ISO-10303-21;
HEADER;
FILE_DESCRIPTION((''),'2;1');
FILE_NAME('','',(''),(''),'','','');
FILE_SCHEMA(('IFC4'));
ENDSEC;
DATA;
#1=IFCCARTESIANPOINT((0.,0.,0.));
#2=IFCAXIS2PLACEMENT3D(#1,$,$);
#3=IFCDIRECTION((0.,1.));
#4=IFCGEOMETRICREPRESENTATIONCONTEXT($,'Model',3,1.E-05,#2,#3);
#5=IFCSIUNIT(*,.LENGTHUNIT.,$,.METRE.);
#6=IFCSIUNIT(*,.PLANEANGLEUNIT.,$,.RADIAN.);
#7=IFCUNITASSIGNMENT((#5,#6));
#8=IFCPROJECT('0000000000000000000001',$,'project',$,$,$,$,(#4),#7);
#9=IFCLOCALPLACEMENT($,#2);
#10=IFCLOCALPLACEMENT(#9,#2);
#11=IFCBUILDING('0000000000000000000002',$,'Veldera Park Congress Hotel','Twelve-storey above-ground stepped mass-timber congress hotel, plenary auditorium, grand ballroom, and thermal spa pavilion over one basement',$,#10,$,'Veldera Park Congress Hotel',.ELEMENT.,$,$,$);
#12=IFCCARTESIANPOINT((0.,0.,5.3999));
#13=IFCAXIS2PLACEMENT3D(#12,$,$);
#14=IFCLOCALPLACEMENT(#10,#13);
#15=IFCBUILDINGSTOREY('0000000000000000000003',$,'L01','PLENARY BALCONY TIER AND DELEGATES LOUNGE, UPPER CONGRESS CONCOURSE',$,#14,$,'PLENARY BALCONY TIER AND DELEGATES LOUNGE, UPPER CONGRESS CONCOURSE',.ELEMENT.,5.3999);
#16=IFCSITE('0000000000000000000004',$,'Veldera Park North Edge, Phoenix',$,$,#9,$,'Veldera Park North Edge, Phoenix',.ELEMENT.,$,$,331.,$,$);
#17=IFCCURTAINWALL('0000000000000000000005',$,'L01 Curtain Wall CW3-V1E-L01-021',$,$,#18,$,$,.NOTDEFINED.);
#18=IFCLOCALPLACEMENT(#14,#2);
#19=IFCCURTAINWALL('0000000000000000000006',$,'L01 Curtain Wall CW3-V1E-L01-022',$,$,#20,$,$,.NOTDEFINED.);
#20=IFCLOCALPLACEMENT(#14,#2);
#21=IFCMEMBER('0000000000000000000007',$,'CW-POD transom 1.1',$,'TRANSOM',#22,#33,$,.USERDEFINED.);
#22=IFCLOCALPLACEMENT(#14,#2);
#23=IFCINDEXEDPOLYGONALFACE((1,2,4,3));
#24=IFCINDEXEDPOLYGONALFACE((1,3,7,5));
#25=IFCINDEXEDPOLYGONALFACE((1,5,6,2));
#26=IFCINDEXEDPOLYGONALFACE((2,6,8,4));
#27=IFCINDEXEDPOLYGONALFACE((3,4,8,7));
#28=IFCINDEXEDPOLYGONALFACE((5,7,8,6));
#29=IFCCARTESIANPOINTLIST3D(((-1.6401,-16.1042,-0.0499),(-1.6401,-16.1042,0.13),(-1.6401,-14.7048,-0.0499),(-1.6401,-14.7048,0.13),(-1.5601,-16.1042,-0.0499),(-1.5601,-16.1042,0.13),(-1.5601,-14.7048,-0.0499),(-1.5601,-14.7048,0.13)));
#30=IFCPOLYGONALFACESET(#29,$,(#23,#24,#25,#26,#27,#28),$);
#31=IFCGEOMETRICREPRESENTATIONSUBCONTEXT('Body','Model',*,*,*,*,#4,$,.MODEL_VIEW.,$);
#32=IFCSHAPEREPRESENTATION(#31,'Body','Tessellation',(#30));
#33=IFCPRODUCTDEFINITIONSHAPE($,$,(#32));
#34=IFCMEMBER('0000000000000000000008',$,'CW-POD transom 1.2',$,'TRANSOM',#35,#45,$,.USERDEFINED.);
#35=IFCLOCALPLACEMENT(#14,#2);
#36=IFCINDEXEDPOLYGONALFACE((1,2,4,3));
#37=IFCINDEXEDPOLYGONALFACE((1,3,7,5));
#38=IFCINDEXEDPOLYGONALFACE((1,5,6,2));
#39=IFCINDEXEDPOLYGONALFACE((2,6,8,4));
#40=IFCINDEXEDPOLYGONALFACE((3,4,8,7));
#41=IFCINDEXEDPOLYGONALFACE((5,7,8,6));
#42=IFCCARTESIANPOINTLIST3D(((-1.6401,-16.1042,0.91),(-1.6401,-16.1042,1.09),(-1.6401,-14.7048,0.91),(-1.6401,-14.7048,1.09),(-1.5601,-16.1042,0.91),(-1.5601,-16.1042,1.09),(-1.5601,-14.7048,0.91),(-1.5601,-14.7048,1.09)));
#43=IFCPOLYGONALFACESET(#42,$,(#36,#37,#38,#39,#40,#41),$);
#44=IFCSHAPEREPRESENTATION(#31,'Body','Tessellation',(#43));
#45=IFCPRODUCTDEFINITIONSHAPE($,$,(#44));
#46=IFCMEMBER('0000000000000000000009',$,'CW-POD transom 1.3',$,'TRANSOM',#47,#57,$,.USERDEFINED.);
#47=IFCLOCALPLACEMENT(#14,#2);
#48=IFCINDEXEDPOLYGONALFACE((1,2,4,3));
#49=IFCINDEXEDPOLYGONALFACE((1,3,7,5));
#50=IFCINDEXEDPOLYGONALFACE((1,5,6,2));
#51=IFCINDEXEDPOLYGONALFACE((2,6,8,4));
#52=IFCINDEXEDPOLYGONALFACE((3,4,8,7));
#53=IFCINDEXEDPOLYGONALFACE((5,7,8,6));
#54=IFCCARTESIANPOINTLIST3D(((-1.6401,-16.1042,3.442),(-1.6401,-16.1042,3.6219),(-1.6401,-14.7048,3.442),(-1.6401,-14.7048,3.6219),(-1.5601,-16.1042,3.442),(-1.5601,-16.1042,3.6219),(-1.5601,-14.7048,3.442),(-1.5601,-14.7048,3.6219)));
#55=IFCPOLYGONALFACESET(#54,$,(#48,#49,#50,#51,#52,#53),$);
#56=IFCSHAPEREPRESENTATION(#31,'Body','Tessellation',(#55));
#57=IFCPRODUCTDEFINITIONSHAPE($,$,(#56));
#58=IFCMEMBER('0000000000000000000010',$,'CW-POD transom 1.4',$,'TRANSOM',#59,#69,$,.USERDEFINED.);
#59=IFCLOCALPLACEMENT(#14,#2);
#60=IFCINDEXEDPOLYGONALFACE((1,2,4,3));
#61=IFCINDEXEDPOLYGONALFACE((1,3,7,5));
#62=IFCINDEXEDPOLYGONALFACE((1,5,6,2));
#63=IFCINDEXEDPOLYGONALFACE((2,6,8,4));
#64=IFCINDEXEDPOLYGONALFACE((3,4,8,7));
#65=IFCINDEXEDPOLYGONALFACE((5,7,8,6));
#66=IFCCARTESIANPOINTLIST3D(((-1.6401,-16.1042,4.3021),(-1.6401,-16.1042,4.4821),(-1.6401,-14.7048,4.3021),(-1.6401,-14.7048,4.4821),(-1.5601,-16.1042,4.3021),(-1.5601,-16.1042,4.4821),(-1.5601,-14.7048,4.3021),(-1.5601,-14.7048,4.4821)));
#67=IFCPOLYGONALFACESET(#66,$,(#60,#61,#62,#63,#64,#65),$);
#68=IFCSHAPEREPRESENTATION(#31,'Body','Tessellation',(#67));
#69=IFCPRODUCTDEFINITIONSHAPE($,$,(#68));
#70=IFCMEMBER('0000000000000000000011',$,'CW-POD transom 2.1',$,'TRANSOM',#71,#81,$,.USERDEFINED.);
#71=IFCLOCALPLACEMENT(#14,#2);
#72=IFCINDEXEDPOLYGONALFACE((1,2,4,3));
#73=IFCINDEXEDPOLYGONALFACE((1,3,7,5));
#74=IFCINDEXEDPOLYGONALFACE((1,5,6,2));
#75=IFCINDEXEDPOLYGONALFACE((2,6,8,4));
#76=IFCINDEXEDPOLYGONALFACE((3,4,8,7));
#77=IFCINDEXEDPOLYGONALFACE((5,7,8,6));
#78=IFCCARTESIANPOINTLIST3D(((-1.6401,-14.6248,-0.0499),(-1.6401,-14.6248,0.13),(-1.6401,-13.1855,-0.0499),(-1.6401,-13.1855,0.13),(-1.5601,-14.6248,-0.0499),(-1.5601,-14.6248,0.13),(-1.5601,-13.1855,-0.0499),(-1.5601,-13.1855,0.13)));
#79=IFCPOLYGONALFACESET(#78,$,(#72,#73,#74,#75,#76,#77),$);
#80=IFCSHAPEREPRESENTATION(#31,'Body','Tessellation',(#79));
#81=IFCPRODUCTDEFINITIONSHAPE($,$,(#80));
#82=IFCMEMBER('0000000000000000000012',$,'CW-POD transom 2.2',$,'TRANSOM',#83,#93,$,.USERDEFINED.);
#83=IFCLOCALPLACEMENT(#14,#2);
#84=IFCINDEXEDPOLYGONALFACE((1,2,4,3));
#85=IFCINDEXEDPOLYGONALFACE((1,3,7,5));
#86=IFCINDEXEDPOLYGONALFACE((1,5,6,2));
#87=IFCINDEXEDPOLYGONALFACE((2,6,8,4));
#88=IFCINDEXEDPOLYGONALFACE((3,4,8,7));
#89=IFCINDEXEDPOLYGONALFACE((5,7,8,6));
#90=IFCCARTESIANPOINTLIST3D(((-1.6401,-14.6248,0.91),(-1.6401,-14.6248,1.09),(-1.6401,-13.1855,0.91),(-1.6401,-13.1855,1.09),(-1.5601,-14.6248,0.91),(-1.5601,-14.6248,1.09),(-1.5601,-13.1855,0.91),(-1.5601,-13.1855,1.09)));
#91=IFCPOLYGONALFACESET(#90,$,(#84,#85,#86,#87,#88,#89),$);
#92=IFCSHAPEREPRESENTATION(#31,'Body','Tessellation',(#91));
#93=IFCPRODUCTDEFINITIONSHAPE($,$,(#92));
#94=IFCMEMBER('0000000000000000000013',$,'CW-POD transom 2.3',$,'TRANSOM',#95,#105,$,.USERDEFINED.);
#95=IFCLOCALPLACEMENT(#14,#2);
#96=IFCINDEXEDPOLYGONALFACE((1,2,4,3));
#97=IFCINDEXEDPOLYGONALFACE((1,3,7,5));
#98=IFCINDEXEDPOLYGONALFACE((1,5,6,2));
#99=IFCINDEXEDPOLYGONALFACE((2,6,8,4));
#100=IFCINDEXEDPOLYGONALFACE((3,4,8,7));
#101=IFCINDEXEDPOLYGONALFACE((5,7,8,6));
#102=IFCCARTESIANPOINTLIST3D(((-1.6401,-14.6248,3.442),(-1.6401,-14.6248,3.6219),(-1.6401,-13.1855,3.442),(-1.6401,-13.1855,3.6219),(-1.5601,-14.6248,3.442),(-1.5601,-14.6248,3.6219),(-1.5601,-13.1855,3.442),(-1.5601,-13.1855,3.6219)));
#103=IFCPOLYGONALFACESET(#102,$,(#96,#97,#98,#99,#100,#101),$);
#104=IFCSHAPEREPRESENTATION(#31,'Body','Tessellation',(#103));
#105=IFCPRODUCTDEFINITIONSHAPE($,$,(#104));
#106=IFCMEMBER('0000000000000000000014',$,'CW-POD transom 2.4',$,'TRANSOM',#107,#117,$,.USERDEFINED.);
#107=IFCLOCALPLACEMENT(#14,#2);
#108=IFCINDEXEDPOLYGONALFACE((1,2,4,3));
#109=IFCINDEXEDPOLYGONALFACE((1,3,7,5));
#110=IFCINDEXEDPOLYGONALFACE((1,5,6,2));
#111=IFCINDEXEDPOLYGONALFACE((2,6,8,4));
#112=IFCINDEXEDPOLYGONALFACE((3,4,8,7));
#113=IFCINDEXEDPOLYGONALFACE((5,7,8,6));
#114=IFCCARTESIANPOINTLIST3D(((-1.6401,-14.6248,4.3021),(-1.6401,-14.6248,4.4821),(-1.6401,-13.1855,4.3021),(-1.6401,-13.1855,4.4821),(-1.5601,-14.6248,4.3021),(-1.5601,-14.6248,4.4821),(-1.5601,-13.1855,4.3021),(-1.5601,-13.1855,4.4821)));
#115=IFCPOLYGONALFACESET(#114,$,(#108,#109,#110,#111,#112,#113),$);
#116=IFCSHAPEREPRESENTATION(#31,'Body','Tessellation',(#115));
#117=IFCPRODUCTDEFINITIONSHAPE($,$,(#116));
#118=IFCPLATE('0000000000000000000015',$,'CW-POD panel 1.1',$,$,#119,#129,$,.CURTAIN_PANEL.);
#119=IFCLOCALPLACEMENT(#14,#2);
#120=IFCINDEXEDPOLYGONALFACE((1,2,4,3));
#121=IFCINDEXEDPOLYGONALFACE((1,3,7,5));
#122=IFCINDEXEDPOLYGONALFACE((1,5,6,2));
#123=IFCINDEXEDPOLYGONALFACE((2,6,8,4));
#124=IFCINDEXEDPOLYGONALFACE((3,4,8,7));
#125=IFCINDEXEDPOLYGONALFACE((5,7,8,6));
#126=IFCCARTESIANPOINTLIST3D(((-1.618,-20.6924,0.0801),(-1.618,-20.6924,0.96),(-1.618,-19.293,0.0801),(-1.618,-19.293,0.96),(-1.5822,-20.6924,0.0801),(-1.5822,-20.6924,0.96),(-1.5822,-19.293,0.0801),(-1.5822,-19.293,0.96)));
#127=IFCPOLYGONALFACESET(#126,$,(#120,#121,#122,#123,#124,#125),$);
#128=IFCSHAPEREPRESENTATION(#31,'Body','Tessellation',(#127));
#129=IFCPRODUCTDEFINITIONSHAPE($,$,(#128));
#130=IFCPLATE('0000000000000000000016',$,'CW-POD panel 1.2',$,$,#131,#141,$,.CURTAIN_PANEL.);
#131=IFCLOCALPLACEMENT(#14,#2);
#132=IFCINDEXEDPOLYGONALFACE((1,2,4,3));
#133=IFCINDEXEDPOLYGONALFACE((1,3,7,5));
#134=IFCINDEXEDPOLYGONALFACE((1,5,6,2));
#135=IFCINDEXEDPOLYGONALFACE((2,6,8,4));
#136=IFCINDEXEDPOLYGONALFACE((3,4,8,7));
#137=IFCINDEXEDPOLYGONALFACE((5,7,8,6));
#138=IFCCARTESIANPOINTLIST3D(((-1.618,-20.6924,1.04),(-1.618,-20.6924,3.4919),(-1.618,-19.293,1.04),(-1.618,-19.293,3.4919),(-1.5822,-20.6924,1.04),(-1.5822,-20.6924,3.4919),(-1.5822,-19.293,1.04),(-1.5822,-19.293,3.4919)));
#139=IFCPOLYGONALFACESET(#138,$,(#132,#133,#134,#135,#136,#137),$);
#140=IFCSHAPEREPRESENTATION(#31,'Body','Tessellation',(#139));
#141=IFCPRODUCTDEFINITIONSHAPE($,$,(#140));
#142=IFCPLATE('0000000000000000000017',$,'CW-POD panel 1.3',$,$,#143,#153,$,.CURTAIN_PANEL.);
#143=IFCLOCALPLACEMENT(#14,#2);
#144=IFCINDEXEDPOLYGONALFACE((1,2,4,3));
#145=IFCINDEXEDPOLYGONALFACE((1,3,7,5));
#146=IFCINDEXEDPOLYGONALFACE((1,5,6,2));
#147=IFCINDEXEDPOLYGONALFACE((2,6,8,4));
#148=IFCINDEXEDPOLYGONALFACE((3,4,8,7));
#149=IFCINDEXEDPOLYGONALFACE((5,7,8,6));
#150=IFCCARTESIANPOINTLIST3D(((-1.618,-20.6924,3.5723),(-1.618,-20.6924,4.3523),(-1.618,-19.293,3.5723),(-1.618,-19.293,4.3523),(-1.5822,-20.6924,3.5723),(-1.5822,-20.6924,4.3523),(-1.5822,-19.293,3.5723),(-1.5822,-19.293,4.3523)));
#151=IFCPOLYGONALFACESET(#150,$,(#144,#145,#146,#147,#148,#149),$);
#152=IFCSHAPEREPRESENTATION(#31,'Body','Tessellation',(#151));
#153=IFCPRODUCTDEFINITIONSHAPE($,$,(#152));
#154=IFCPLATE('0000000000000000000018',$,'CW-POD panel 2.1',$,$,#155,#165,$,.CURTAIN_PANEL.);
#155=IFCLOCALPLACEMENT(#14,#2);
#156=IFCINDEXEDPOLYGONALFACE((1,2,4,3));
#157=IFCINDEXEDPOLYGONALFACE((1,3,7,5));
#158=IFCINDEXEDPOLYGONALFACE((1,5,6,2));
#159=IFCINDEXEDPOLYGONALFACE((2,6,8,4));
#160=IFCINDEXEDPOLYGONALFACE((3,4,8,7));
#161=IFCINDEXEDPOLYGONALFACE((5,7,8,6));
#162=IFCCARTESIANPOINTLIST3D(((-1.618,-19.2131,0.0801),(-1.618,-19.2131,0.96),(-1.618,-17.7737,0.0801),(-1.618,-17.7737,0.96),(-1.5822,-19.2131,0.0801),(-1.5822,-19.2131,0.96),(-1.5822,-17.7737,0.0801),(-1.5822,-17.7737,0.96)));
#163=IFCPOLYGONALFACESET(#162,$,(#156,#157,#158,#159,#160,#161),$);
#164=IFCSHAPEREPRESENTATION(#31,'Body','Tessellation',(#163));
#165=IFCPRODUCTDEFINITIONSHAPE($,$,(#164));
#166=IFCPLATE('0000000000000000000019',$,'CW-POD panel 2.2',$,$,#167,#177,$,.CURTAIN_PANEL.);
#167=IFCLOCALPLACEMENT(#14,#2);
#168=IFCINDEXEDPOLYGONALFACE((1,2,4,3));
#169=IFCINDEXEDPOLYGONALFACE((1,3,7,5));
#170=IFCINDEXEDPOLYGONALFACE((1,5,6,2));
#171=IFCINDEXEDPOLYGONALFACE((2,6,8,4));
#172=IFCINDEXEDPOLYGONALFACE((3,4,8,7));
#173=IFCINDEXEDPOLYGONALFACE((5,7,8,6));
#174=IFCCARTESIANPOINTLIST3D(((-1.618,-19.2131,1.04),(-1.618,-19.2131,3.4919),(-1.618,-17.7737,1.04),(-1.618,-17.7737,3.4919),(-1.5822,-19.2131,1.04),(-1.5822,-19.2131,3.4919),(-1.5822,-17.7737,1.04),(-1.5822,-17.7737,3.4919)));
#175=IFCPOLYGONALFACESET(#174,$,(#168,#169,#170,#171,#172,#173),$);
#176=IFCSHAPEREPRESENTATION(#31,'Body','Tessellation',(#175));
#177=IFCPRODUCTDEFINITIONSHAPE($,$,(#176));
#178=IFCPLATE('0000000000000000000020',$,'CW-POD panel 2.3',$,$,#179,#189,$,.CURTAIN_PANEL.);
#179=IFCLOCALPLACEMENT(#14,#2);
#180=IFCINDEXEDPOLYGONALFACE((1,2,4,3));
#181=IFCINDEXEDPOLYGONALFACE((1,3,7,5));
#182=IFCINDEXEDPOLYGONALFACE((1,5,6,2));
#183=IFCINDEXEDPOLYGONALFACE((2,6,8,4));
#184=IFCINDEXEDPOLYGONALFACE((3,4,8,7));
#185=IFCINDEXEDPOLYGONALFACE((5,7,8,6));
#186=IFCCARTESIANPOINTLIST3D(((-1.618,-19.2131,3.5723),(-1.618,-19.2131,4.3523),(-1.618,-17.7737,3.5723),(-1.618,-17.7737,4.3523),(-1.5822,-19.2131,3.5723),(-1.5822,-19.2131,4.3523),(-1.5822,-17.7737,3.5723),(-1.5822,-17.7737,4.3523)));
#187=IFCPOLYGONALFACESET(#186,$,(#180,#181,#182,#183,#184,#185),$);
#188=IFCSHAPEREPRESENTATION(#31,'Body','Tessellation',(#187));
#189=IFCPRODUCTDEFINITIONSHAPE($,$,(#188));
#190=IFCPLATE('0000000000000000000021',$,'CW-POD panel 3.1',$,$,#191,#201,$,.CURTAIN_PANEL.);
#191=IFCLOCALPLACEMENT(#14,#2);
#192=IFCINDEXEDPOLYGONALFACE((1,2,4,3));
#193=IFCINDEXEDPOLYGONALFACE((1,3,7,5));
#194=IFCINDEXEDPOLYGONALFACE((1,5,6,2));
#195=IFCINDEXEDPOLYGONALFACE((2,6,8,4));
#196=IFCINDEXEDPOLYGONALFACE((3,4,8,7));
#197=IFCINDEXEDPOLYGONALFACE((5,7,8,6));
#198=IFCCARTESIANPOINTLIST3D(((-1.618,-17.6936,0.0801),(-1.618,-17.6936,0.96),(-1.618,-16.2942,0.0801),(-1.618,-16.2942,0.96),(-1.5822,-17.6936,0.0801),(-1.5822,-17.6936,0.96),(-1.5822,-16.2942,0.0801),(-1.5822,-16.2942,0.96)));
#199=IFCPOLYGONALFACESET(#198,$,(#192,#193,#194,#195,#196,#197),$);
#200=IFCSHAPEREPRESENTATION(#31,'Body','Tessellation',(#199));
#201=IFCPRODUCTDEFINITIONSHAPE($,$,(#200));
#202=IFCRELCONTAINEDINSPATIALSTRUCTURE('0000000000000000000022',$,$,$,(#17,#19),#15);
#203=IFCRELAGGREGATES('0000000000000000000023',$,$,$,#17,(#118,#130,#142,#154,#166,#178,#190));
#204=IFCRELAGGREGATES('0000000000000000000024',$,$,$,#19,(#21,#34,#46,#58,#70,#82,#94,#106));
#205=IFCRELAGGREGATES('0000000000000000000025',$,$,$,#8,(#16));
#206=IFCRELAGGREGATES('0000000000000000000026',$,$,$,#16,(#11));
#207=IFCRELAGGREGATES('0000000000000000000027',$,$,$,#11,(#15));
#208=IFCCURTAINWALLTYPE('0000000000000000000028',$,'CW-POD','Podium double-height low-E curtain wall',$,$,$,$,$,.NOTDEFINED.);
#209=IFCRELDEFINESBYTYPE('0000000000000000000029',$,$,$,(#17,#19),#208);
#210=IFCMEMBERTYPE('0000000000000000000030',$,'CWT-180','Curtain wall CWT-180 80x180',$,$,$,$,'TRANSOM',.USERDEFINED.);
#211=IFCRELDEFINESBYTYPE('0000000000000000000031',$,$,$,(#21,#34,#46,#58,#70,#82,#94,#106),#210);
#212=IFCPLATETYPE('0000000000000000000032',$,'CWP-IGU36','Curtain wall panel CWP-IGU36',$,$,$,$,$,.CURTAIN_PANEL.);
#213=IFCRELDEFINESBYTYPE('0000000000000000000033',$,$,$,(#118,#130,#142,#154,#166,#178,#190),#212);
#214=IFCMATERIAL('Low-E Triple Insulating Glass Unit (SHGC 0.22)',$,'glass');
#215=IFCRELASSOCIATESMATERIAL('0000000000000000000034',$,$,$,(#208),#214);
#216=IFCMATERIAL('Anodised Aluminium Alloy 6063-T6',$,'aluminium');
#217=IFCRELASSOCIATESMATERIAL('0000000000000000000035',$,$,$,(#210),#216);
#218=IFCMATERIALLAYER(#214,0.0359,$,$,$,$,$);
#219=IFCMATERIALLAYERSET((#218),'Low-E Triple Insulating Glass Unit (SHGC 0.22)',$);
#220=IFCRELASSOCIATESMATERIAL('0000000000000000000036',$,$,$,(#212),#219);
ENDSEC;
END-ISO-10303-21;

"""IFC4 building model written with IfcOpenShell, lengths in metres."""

from ifc_helpers import new_model, si_unit, direction, frame, origin, origin_2d, place, context, subcontext, project, spatial, rectangle, extrude, material, layer, layer_set, material_profile, profile_set, type_object, element, aggregate, save


model = new_model("IFC4")

# Units and contexts
model_context = context("Model", 3, precision=1e-05, world=origin(), true_north=direction((0.0, 1.0)))
body_context = subcontext(model_context, "Body", "Model", "MODEL_VIEW")
ifc_project = project(units=[si_unit("LENGTHUNIT", "METRE"), si_unit("PLANEANGLEUNIT", "RADIAN")], contexts=[model_context])

# Site, building, storey
site_placement = place(None, origin())
site = spatial("IfcSite", under=ifc_project, at=site_placement, Name="Veldera Park North Edge, Phoenix", LongName="Veldera Park North Edge, Phoenix", CompositionType="ELEMENT", RefElevation=331.0)
building_placement = place(site_placement, origin())
building = spatial("IfcBuilding", under=site, at=building_placement, Name="Veldera Park Congress Hotel", Description="Twelve-storey above-ground stepped mass-timber congress hotel, plenary auditorium, grand ballroom, and thermal spa pavilion over one basement", LongName="Veldera Park Congress Hotel", CompositionType="ELEMENT")
storey_placement = place(building_placement, frame((0.0, 0.0, 5.3999)))
storey = spatial("IfcBuildingStorey", under=building, at=storey_placement, Name="L01", Description="PLENARY BALCONY TIER AND DELEGATES LOUNGE, UPPER CONGRESS CONCOURSE", LongName="PLENARY BALCONY TIER AND DELEGATES LOUNGE, UPPER CONGRESS CONCOURSE", CompositionType="ELEMENT", Elevation=5.3999)

# Curtain walls
ifc_material_1 = material(Name="Low-E Triple Insulating Glass Unit (SHGC 0.22)", Category="glass")
curtain_wall_type = type_object("IfcCurtainWallType", Name="CW-POD", Description="Podium double-height low-E curtain wall", PredefinedType="NOTDEFINED", material=ifc_material_1)
curtain_wall_1_placement = place(storey_placement, origin())
curtain_wall_1 = element("IfcCurtainWall", 1, at=curtain_wall_1_placement, inside=storey, type_object=curtain_wall_type, Name="L01 Curtain Wall CW3-V1E-L01-021", PredefinedType="NOTDEFINED")
ifc_material_2 = material(Name="Anodised Aluminium Alloy 6063-T6", Category="aluminium")
curtain_wall_2_placement = place(storey_placement, origin())
curtain_wall_2 = element("IfcCurtainWall", 2, at=curtain_wall_2_placement, inside=storey, type_object=curtain_wall_type, Name="L01 Curtain Wall CW3-V1E-L01-022", PredefinedType="NOTDEFINED")

# Members
ifc_material_profile_1 = material_profile(ifc_material_2, rectangle(XDim=0.0801, YDim=0.1799, at=origin_2d()), Name="ALU 80x180")
ifc_profile_set_1 = profile_set([ifc_material_profile_1], Name="Anodised Aluminium Alloy 6063-T6")
member_type_1 = type_object("IfcMemberType", Name="CWT-180", Description="Curtain wall CWT-180 80x180", ElementType="TRANSOM", PredefinedType="USERDEFINED", material=ifc_profile_set_1)
member_1_placement = place(storey_placement, frame((-1.6001, -16.1042, 0.04), z_axis=(0.0, 1.0, 0.0), x_axis=(-1.0, 0.0, 0.0)))
member_1 = element("IfcMember", 3, at=member_1_placement, type_object=member_type_1, Name="CW-POD transom 1.1", ObjectType="TRANSOM", PredefinedType="USERDEFINED", context=body_context, shape_type="SweptSolid", body=[
    extrude(rectangle(XDim=0.0801, YDim=0.1799, at=origin_2d()), origin(), (0.0, 0.0, 1.0), 1.3994),
])
member_2_placement = place(storey_placement, frame((-1.6001, -16.1042, 1.0), z_axis=(0.0, 1.0, 0.0), x_axis=(-1.0, 0.0, 0.0)))
member_2 = element("IfcMember", 4, at=member_2_placement, type_object=member_type_1, Name="CW-POD transom 1.2", ObjectType="TRANSOM", PredefinedType="USERDEFINED", context=body_context, shape_type="SweptSolid", body=[
    extrude(rectangle(XDim=0.0801, YDim=0.1799, at=origin_2d()), origin(), (0.0, 0.0, 1.0), 1.3994),
])
member_3_placement = place(storey_placement, frame((-1.6001, -16.1042, 3.532), z_axis=(0.0, 1.0, 0.0), x_axis=(-1.0, 0.0, 0.0)))
member_3 = element("IfcMember", 5, at=member_3_placement, type_object=member_type_1, Name="CW-POD transom 1.3", ObjectType="TRANSOM", PredefinedType="USERDEFINED", context=body_context, shape_type="SweptSolid", body=[
    extrude(rectangle(XDim=0.0801, YDim=0.1799, at=origin_2d()), origin(), (0.0, 0.0, 1.0), 1.3994),
])
member_4_placement = place(storey_placement, frame((-1.6001, -16.1042, 4.3921), z_axis=(0.0, 1.0, 0.0), x_axis=(-1.0, 0.0, 0.0)))
member_4 = element("IfcMember", 6, at=member_4_placement, type_object=member_type_1, Name="CW-POD transom 1.4", ObjectType="TRANSOM", PredefinedType="USERDEFINED", context=body_context, shape_type="SweptSolid", body=[
    extrude(rectangle(XDim=0.0801, YDim=0.1799, at=origin_2d()), origin(), (0.0, 0.0, 1.0), 1.3994),
])
member_5_placement = place(storey_placement, frame((-1.6001, -14.6248, 0.04), z_axis=(0.0, 1.0, 0.0), x_axis=(-1.0, 0.0, 0.0)))
member_5 = element("IfcMember", 7, at=member_5_placement, type_object=member_type_1, Name="CW-POD transom 2.1", ObjectType="TRANSOM", PredefinedType="USERDEFINED", context=body_context, shape_type="SweptSolid", body=[
    extrude(rectangle(XDim=0.0801, YDim=0.1799, at=origin_2d()), origin(), (0.0, 0.0, 1.0), 1.4392),
])
member_6_placement = place(storey_placement, frame((-1.6001, -14.6248, 1.0), z_axis=(0.0, 1.0, 0.0), x_axis=(-1.0, 0.0, 0.0)))
member_6 = element("IfcMember", 8, at=member_6_placement, type_object=member_type_1, Name="CW-POD transom 2.2", ObjectType="TRANSOM", PredefinedType="USERDEFINED", context=body_context, shape_type="SweptSolid", body=[
    extrude(rectangle(XDim=0.0801, YDim=0.1799, at=origin_2d()), origin(), (0.0, 0.0, 1.0), 1.4392),
])
member_7_placement = place(storey_placement, frame((-1.6001, -14.6248, 3.532), z_axis=(0.0, 1.0, 0.0), x_axis=(-1.0, 0.0, 0.0)))
member_7 = element("IfcMember", 9, at=member_7_placement, type_object=member_type_1, Name="CW-POD transom 2.3", ObjectType="TRANSOM", PredefinedType="USERDEFINED", context=body_context, shape_type="SweptSolid", body=[
    extrude(rectangle(XDim=0.0801, YDim=0.1799, at=origin_2d()), origin(), (0.0, 0.0, 1.0), 1.4392),
])
member_8_placement = place(storey_placement, frame((-1.6001, -14.6248, 4.3921), z_axis=(0.0, 1.0, 0.0), x_axis=(-1.0, 0.0, 0.0)))
member_8 = element("IfcMember", 10, at=member_8_placement, type_object=member_type_1, Name="CW-POD transom 2.4", ObjectType="TRANSOM", PredefinedType="USERDEFINED", context=body_context, shape_type="SweptSolid", body=[
    extrude(rectangle(XDim=0.0801, YDim=0.1799, at=origin_2d()), origin(), (0.0, 0.0, 1.0), 1.4392),
])

# Plates
ifc_layer = layer(ifc_material_1, 0.0359)
ifc_layer_set = layer_set([ifc_layer], Name="Low-E Triple Insulating Glass Unit (SHGC 0.22)")
plate_type = type_object("IfcPlateType", Name="CWP-IGU36", Description="Curtain wall panel CWP-IGU36", PredefinedType="CURTAIN_PANEL", material=ifc_layer_set)
plate_1_placement = place(storey_placement, frame((-1.6001, -19.9927, 0.0801), z_axis=(0.0, 0.0, 1.0), x_axis=(0.0, 1.0, 0.0)))
plate_1 = element("IfcPlate", 11, at=plate_1_placement, type_object=plate_type, Name="CW-POD panel 1.1", PredefinedType="CURTAIN_PANEL", context=body_context, shape_type="SweptSolid", body=[
    extrude(rectangle(XDim=1.3994, YDim=0.0359, at=origin_2d()), origin(), (0.0, 0.0, 1.0), 0.8799),
])
plate_2_placement = place(storey_placement, frame((-1.6001, -19.9927, 1.04), z_axis=(0.0, 0.0, 1.0), x_axis=(0.0, 1.0, 0.0)))
plate_2 = element("IfcPlate", 12, at=plate_2_placement, type_object=plate_type, Name="CW-POD panel 1.2", PredefinedType="CURTAIN_PANEL", context=body_context, shape_type="SweptSolid", body=[
    extrude(rectangle(XDim=1.3994, YDim=0.0359, at=origin_2d()), origin(), (0.0, 0.0, 1.0), 2.4519),
])
plate_3_placement = place(storey_placement, frame((-1.6001, -19.9927, 3.5723), z_axis=(0.0, 0.0, 1.0), x_axis=(0.0, 1.0, 0.0)))
plate_3 = element("IfcPlate", 13, at=plate_3_placement, type_object=plate_type, Name="CW-POD panel 1.3", PredefinedType="CURTAIN_PANEL", context=body_context, shape_type="SweptSolid", body=[
    extrude(rectangle(XDim=1.3994, YDim=0.0359, at=origin_2d()), origin(), (0.0, 0.0, 1.0), 0.78),
])
plate_4_placement = place(storey_placement, frame((-1.6001, -18.4934, 0.0801), z_axis=(0.0, 0.0, 1.0), x_axis=(0.0, 1.0, 0.0)))
plate_4 = element("IfcPlate", 14, at=plate_4_placement, type_object=plate_type, Name="CW-POD panel 2.1", PredefinedType="CURTAIN_PANEL", context=body_context, shape_type="SweptSolid", body=[
    extrude(rectangle(XDim=1.4395, YDim=0.0359, at=origin_2d()), origin(), (0.0, 0.0, 1.0), 0.8799),
])
plate_5_placement = place(storey_placement, frame((-1.6001, -18.4934, 1.04), z_axis=(0.0, 0.0, 1.0), x_axis=(0.0, 1.0, 0.0)))
plate_5 = element("IfcPlate", 15, at=plate_5_placement, type_object=plate_type, Name="CW-POD panel 2.2", PredefinedType="CURTAIN_PANEL", context=body_context, shape_type="SweptSolid", body=[
    extrude(rectangle(XDim=1.4395, YDim=0.0359, at=origin_2d()), origin(), (0.0, 0.0, 1.0), 2.4519),
])
plate_6_placement = place(storey_placement, frame((-1.6001, -18.4934, 3.5723), z_axis=(0.0, 0.0, 1.0), x_axis=(0.0, 1.0, 0.0)))
plate_6 = element("IfcPlate", 16, at=plate_6_placement, type_object=plate_type, Name="CW-POD panel 2.3", PredefinedType="CURTAIN_PANEL", context=body_context, shape_type="SweptSolid", body=[
    extrude(rectangle(XDim=1.4395, YDim=0.0359, at=origin_2d()), origin(), (0.0, 0.0, 1.0), 0.78),
])
plate_7_placement = place(storey_placement, frame((-1.6001, -16.9939, 0.0801), z_axis=(0.0, 0.0, 1.0), x_axis=(0.0, 1.0, 0.0)))
plate_7 = element("IfcPlate", 17, at=plate_7_placement, type_object=plate_type, Name="CW-POD panel 3.1", PredefinedType="CURTAIN_PANEL", context=body_context, shape_type="SweptSolid", body=[
    extrude(rectangle(XDim=1.3994, YDim=0.0359, at=origin_2d()), origin(), (0.0, 0.0, 1.0), 0.8799),
])
aggregate(curtain_wall_1, [plate_1, plate_2, plate_3, plate_4, plate_5, plate_6, plate_7])
aggregate(curtain_wall_2, [member_1, member_2, member_3, member_4, member_5, member_6, member_7, member_8])

save(model, "model.ifc")
